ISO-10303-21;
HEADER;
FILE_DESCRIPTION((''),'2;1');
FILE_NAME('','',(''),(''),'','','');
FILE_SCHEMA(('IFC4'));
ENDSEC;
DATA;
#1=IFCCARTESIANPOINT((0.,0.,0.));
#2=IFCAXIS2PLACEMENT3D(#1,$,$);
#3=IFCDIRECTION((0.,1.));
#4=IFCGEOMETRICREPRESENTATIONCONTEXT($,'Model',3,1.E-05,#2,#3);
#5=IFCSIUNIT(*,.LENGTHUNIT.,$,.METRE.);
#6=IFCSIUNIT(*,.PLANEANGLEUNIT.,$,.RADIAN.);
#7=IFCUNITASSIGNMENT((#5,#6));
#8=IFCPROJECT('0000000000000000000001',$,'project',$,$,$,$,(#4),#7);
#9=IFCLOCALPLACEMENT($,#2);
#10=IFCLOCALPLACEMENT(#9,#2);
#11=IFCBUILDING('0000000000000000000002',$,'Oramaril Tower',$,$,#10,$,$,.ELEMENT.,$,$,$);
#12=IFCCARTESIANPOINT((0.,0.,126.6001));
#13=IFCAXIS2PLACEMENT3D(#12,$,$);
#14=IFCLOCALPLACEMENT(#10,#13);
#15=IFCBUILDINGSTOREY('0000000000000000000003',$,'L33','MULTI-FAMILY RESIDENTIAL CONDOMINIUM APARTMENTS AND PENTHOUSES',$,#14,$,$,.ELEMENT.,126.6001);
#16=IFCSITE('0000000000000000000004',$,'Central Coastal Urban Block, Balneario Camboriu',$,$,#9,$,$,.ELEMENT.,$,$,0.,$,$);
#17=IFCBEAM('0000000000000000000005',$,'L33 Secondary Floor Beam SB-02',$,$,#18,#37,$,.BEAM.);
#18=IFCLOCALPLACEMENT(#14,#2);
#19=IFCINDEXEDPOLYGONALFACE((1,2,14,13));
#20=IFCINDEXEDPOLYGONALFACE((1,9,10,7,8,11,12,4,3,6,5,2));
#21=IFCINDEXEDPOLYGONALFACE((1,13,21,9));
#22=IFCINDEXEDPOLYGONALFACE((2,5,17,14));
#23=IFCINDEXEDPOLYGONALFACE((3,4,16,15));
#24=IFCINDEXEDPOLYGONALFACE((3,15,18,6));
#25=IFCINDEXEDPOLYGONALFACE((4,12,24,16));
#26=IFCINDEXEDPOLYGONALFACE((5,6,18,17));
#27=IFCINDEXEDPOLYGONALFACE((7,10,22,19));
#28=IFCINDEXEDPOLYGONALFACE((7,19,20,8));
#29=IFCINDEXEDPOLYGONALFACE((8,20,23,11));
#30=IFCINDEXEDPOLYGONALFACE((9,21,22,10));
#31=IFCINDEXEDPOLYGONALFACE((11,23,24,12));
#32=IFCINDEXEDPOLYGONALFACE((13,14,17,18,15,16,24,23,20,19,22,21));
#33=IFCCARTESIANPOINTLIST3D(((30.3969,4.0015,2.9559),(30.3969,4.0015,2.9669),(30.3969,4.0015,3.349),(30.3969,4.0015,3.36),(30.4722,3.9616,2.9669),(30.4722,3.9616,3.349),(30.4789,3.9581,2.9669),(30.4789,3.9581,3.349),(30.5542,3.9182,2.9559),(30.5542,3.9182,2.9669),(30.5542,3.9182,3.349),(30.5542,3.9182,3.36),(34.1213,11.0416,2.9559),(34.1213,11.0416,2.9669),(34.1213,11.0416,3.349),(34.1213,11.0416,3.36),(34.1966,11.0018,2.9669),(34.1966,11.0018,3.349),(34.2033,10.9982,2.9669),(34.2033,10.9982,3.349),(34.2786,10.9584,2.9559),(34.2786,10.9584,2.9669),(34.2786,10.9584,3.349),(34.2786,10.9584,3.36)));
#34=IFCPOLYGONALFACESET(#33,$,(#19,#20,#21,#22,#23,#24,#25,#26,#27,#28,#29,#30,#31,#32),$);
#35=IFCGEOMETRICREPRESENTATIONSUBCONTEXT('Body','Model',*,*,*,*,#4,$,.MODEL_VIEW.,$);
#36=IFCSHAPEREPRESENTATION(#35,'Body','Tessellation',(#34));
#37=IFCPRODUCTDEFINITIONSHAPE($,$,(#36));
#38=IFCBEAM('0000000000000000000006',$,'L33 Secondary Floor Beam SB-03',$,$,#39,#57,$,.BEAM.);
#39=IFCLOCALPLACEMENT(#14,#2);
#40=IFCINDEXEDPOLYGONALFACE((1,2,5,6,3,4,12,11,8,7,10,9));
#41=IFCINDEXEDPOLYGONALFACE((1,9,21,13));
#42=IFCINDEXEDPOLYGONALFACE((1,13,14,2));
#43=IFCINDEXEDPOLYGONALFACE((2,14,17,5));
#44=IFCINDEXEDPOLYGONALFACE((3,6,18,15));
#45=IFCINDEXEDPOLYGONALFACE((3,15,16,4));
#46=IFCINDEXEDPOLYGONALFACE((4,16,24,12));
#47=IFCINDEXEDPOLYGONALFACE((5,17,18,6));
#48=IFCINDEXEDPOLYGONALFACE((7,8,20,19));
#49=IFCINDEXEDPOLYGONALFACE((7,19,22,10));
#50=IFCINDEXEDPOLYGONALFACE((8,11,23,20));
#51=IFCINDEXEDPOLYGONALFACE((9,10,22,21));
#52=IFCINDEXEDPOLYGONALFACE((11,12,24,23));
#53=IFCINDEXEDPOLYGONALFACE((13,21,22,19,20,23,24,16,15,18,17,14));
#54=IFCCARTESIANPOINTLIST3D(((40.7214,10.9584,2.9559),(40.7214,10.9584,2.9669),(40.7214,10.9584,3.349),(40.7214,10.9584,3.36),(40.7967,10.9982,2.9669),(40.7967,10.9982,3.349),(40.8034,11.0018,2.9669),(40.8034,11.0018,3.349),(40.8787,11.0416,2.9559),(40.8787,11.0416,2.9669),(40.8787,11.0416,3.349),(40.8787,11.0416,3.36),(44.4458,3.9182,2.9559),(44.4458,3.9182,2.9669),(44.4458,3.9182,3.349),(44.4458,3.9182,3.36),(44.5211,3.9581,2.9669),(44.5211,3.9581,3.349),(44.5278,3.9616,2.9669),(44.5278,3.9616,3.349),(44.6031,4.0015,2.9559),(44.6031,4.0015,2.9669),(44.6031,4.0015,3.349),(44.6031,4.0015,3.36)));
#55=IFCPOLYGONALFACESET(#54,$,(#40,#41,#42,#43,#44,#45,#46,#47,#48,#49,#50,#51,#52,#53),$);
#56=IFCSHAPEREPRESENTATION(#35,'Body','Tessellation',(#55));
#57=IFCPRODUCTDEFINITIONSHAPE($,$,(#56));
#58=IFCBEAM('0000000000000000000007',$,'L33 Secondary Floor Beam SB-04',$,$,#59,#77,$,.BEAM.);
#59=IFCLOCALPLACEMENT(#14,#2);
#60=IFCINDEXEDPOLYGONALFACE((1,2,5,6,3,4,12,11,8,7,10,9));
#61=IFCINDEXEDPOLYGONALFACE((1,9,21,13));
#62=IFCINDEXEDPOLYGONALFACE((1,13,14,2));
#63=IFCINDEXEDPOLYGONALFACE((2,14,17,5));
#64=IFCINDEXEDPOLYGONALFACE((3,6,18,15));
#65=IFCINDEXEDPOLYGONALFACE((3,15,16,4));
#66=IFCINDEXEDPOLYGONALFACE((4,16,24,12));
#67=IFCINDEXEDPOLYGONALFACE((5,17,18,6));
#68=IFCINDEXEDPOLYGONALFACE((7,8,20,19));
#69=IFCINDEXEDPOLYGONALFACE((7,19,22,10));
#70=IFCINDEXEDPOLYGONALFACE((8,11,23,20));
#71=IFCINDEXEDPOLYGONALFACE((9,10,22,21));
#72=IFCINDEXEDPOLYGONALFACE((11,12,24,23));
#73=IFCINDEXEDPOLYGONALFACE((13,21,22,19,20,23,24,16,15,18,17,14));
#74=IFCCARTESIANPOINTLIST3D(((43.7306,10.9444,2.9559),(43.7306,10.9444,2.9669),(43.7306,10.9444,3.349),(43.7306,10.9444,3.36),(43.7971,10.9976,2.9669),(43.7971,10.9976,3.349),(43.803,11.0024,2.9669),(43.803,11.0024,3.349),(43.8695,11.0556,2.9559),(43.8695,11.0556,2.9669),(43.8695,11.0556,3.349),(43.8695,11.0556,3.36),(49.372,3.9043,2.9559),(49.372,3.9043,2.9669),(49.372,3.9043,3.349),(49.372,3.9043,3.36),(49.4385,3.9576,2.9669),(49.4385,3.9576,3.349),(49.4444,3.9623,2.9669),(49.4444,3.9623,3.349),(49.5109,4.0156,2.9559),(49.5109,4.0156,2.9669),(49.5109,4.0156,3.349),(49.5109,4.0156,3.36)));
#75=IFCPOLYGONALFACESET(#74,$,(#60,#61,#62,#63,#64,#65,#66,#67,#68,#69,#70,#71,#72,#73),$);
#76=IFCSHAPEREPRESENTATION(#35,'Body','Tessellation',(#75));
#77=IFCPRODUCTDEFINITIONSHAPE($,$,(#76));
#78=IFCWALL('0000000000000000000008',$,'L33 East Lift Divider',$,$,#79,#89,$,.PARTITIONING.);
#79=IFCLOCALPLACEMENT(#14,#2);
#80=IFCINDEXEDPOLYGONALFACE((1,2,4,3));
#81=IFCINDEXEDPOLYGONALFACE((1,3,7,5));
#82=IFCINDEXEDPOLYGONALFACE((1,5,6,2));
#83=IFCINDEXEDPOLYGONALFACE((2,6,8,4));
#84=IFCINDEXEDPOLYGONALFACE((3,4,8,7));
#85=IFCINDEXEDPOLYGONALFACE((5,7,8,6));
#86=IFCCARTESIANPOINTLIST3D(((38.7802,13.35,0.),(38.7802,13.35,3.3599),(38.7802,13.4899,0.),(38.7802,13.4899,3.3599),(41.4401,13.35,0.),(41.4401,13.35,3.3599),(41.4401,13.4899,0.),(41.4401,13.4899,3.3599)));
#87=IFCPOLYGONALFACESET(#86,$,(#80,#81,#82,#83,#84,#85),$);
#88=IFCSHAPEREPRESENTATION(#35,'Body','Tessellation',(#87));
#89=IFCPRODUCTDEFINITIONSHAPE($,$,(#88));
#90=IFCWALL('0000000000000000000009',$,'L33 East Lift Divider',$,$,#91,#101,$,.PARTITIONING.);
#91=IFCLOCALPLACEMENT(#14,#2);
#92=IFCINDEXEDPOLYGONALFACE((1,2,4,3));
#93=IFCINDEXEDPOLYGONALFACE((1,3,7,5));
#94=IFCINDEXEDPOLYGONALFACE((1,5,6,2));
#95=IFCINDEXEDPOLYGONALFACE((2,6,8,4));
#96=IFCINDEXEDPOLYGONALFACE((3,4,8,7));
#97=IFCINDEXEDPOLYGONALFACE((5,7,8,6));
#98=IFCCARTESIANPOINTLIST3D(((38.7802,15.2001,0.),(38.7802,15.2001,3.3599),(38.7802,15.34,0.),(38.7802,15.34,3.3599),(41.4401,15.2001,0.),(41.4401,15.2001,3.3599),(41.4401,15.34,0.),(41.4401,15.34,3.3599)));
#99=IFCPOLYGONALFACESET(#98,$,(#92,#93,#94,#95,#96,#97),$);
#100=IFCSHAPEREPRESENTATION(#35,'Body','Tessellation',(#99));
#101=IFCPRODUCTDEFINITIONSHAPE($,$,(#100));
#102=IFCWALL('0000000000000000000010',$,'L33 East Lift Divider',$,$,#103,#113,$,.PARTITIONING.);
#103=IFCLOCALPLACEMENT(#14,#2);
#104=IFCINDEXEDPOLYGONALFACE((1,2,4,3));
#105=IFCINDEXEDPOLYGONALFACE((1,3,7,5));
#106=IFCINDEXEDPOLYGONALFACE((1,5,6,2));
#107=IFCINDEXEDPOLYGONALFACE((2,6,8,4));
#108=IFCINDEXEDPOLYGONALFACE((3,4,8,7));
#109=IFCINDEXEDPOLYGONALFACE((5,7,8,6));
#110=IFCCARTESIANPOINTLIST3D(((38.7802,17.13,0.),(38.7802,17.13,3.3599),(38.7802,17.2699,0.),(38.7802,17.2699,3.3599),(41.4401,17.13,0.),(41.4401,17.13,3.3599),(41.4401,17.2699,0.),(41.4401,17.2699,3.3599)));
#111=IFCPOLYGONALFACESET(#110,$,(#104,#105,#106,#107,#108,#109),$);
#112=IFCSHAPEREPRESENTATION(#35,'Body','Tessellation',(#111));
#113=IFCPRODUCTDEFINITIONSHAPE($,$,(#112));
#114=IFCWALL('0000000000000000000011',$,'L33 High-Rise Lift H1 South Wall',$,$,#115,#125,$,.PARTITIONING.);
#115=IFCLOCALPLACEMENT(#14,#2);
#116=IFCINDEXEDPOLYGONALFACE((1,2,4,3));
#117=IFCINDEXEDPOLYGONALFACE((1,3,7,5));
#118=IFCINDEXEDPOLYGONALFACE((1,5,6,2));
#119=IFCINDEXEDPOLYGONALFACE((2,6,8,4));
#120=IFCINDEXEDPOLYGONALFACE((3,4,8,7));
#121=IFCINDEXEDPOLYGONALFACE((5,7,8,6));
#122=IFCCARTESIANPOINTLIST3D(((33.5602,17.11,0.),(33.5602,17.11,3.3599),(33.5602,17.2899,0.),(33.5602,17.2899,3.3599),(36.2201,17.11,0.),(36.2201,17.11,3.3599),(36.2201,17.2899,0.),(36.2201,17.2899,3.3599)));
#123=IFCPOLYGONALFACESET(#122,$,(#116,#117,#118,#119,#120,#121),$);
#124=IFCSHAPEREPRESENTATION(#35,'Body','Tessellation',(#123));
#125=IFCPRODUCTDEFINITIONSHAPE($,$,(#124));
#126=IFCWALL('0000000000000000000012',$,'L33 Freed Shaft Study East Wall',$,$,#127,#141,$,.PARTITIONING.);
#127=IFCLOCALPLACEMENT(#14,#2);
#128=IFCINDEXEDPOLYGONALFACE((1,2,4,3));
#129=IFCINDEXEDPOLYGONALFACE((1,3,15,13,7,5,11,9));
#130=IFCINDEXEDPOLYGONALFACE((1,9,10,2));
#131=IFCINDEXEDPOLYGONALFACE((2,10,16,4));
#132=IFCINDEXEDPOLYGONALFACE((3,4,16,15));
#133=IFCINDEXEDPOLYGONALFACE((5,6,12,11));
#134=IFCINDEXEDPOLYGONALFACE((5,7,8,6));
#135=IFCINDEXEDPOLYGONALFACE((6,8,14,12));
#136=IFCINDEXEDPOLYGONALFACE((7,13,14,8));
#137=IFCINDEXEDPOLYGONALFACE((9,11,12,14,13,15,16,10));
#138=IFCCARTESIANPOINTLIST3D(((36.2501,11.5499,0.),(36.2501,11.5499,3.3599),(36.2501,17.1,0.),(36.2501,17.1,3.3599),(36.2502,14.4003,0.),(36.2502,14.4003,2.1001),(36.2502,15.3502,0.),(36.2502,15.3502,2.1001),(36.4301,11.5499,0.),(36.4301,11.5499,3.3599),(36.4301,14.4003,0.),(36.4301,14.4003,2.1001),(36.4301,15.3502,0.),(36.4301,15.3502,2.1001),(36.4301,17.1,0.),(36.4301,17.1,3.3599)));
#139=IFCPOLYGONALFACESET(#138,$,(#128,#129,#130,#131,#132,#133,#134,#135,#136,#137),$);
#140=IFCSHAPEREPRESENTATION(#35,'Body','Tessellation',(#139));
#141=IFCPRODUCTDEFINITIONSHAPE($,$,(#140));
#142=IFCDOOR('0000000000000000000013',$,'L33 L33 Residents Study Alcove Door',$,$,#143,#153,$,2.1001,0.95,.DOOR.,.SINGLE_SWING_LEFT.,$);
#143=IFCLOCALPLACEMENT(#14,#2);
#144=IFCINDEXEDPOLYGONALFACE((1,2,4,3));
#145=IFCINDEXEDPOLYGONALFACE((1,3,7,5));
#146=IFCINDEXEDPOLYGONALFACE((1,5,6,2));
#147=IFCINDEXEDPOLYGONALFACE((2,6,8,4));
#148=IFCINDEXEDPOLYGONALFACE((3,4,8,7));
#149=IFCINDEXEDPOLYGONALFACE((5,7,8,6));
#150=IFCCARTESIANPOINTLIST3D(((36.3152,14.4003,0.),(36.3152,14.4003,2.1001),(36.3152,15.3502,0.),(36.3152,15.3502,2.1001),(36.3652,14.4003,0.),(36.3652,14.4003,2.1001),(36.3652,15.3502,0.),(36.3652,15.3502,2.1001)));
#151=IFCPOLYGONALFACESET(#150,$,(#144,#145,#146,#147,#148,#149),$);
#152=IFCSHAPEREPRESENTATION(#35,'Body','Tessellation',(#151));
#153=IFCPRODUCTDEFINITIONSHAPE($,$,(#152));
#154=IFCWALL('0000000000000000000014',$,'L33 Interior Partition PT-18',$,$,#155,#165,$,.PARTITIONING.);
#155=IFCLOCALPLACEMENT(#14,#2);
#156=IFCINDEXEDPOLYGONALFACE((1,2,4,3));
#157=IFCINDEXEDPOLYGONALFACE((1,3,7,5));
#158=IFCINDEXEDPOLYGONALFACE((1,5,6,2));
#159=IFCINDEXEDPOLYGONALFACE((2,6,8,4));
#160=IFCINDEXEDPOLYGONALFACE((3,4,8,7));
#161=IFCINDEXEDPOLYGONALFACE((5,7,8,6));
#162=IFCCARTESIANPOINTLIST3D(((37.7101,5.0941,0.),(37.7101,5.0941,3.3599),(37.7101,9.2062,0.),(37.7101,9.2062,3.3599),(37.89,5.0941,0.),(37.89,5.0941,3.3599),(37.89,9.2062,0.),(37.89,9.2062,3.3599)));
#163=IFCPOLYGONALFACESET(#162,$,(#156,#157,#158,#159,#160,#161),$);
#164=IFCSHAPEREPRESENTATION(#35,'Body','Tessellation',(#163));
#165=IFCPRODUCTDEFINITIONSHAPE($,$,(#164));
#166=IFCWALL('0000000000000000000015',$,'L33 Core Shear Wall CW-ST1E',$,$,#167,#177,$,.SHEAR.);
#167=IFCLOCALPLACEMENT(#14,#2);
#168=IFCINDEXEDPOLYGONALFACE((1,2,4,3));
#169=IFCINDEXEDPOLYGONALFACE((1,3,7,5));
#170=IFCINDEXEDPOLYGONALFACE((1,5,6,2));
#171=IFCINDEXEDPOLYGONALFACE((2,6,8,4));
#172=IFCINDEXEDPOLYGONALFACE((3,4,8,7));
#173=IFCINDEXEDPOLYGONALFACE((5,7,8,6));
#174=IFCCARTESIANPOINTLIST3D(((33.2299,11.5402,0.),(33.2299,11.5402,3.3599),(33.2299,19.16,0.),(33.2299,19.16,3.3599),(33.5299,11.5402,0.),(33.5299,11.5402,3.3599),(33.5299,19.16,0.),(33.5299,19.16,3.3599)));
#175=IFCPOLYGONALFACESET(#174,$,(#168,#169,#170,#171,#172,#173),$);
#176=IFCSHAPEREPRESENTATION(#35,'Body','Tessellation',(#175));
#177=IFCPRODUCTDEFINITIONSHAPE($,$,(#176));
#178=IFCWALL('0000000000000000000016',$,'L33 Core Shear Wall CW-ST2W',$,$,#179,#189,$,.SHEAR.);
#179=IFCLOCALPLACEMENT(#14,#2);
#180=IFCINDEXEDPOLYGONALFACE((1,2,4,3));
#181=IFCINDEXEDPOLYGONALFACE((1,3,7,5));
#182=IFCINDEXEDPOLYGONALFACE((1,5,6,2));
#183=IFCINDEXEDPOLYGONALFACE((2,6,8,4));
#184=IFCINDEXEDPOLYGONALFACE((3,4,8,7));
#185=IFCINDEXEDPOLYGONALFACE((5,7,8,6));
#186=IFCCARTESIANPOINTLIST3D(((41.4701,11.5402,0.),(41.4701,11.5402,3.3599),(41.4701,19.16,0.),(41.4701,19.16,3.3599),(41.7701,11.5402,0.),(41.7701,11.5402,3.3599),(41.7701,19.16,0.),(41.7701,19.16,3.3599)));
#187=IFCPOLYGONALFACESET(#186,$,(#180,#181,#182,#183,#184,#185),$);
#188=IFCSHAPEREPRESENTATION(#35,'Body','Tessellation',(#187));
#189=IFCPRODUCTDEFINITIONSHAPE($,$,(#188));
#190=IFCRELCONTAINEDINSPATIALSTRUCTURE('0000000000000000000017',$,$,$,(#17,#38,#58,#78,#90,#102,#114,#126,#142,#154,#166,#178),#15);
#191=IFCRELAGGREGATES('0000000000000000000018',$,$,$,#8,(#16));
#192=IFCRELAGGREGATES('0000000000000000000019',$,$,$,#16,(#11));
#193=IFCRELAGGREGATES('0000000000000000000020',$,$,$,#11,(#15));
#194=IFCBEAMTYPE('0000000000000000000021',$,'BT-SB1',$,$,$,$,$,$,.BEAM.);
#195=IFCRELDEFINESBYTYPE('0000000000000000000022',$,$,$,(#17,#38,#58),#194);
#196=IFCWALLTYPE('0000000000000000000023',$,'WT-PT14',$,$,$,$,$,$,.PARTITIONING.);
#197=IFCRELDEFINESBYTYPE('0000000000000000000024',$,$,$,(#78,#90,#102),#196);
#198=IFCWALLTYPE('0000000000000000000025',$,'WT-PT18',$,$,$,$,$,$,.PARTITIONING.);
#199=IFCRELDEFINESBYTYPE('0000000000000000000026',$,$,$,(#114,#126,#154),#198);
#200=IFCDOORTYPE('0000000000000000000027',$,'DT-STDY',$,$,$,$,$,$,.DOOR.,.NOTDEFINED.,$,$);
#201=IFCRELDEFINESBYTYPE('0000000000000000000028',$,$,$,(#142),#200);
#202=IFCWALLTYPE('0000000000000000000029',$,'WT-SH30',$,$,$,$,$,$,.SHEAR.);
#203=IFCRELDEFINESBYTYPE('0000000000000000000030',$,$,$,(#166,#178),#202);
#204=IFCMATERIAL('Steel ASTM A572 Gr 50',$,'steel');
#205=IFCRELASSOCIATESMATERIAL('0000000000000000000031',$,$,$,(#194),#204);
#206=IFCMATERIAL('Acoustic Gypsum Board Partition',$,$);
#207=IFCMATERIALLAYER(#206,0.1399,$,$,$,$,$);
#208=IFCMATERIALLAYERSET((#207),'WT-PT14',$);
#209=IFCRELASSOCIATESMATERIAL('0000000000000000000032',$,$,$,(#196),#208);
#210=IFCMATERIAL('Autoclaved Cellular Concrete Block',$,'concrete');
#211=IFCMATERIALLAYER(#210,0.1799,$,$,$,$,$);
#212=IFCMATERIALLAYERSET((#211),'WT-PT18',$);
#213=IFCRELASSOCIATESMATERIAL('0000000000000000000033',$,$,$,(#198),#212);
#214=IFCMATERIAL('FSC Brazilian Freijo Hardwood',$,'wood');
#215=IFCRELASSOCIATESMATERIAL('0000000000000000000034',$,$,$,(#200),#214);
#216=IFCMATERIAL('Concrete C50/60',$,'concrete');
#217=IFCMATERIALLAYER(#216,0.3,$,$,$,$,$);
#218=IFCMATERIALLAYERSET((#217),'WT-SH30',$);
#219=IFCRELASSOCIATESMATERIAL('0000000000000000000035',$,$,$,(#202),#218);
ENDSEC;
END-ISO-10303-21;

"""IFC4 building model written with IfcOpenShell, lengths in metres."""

from ifc_helpers import new_model, si_unit, direction, frame, frame_2d, origin, origin_2d, place, context, subcontext, project, spatial, rectangle, i_section, extrude, material, layer, layer_set, material_profile, profile_set, type_object, element, fill, save


model = new_model("IFC4")

# Units and contexts
model_context = context("Model", 3, precision=1e-05, world=origin(), true_north=direction((0.0, 1.0)))
body_context = subcontext(model_context, "Body", "Model", "MODEL_VIEW")
ifc_project = project(units=[si_unit("LENGTHUNIT", "METRE"), si_unit("PLANEANGLEUNIT", "RADIAN")], contexts=[model_context])

# Site, building, storey
site_placement = place(None, origin())
site = spatial("IfcSite", under=ifc_project, at=site_placement, Name="Central Coastal Urban Block, Balneario Camboriu", CompositionType="ELEMENT", RefElevation=0.0)
building_placement = place(site_placement, origin())
building = spatial("IfcBuilding", under=site, at=building_placement, Name="Oramaril Tower", CompositionType="ELEMENT")
storey_placement = place(building_placement, frame((0.0, 0.0, 126.6001)))
storey = spatial("IfcBuildingStorey", under=building, at=storey_placement, Name="L33", Description="MULTI-FAMILY RESIDENTIAL CONDOMINIUM APARTMENTS AND PENTHOUSES", CompositionType="ELEMENT", Elevation=126.6001)

# Beams
ifc_material_1 = material(Name="Steel ASTM A572 Gr 50", Category="steel")
ifc_material_profile = material_profile(ifc_material_1, i_section(OverallWidth=0.178, OverallDepth=0.4041, WebThickness=0.0076, FlangeThickness=0.011, at=origin_2d()), Name="W16X36")
ifc_profile_set = profile_set([ifc_material_profile], Name="Steel ASTM A572 Gr 50")
beam_type = type_object("IfcBeamType", Name="BT-SB1", PredefinedType="BEAM", material=ifc_profile_set)
for number, where, z_axis, x_axis, name in (
    (1, (34.2, 11.0, 3.158), (-0.467622, -0.883929, 0.0), (0.883929, -0.467622, 0.0), "L33 Secondary Floor Beam SB-02"),
    (2, (40.8, 11.0, 3.158), (0.467622, -0.883929, 0.0), (0.883929, 0.467622, 0.0), "L33 Secondary Floor Beam SB-03"),
):
    element("IfcBeam", number, at=place(storey_placement, frame(where, z_axis=z_axis, x_axis=x_axis)), inside=storey, type_object=beam_type, Name=name, PredefinedType="BEAM", context=body_context, shape_type="SweptSolid", body=[
        extrude(i_section(OverallWidth=0.178, OverallDepth=0.4041, WebThickness=0.0076, FlangeThickness=0.011, at=origin_2d()), origin(), (0.0, 0.0, 1.0), 7.9646),
    ])
beam_placement = place(storey_placement, frame((43.8, 11.0, 3.158), z_axis=(0.625325, -0.780364, 0.0), x_axis=(0.780364, 0.625325, 0.0)))
element("IfcBeam", 3, at=beam_placement, inside=storey, type_object=beam_type, Name="L33 Secondary Floor Beam SB-04", PredefinedType="BEAM", context=body_context, shape_type="SweptSolid", body=[
    extrude(i_section(OverallWidth=0.178, OverallDepth=0.4041, WebThickness=0.0076, FlangeThickness=0.011, at=origin_2d()), origin(), (0.0, 0.0, 1.0), 9.0215),
])

# Walls
ifc_material_2 = material(Name="Acoustic Gypsum Board Partition")
ifc_layer_1 = layer(ifc_material_2, 0.1399)
ifc_layer_set_1 = layer_set([ifc_layer_1], Name="WT-PT14")
wall_type_1 = type_object("IfcWallType", Name="WT-PT14", PredefinedType="PARTITIONING", material=ifc_layer_set_1)
for number, where, z_axis, x_axis, name in (
    (4, (38.78, 13.4199, 0.0), (0.0, 0.0, 1.0), (1.0, 0.0, 0.0), "L33 East Lift Divider"),
    (5, (38.78, 15.27, 0.0), (0.0, 0.0, 1.0), (1.0, 0.0, 0.0), "L33 East Lift Divider"),
    (6, (38.78, 17.2, 0.0), (0.0, 0.0, 1.0), (1.0, 0.0, 0.0), "L33 East Lift Divider"),
):
    element("IfcWall", number, at=place(storey_placement, frame(where, z_axis=z_axis, x_axis=x_axis)), inside=storey, type_object=wall_type_1, Name=name, PredefinedType="PARTITIONING", context=body_context, shape_type="SweptSolid", body=[
        extrude(rectangle(XDim=2.6599, YDim=0.1399, at=frame_2d((1.3301, 0.0))), origin(), (0.0, 0.0, 1.0), 3.3599),
    ])
ifc_material_3 = material(Name="Autoclaved Cellular Concrete Block", Category="concrete")
ifc_layer_2 = layer(ifc_material_3, 0.1799)
ifc_layer_set_2 = layer_set([ifc_layer_2], Name="WT-PT18")
wall_type_2 = type_object("IfcWallType", Name="WT-PT18", PredefinedType="PARTITIONING", material=ifc_layer_set_2)
wall_1_placement = place(storey_placement, frame((33.5601, 17.2, 0.0), z_axis=(0.0, 0.0, 1.0), x_axis=(1.0, 0.0, 0.0)))
element("IfcWall", 7, at=wall_1_placement, inside=storey, type_object=wall_type_2, Name="L33 High-Rise Lift H1 South Wall", PredefinedType="PARTITIONING", context=body_context, shape_type="SweptSolid", body=[
    extrude(rectangle(XDim=2.6599, YDim=0.1799, at=frame_2d((1.3301, 0.0))), origin(), (0.0, 0.0, 1.0), 3.3599),
])

# Wall, opening, door
wall_2_placement = place(storey_placement, frame((36.3401, 11.55, 0.0), z_axis=(0.0, 0.0, 1.0), x_axis=(0.0, 1.0, 0.0)))
wall_2 = element("IfcWall", 8, at=wall_2_placement, inside=storey, type_object=wall_type_2, Name="L33 Freed Shaft Study East Wall", PredefinedType="PARTITIONING", context=body_context, shape_type="SweptSolid", body=[
    extrude(rectangle(XDim=5.55, YDim=0.1799, at=frame_2d((2.7749, 0.0))), origin(), (0.0, 0.0, 1.0), 3.3599),
])
opening_1_placement = place(wall_2_placement, frame((2.8501, 0.0, 0.0)))
opening_1 = element("IfcOpeningElement", 9, at=opening_1_placement, cuts=wall_2, PredefinedType="OPENING", context=body_context, shape_type="SweptSolid", body=[
    extrude(rectangle(XDim=0.95, YDim=2.1001, at=frame_2d((0.4751, 1.05))), frame((0.0, 0.0898, 0.0), z_axis=(0.0, -1.0, 0.0), x_axis=(1.0, 0.0, 0.0)), (0.0, 0.0, 1.0), 0.1799),
])
ifc_material_4 = material(Name="FSC Brazilian Freijo Hardwood", Category="wood")
door_type_1 = type_object("IfcDoorType", Name="DT-STDY", OperationType="NOTDEFINED", PredefinedType="DOOR", material=ifc_material_4)
door_1_placement = place(opening_1_placement, origin())
door_1 = element("IfcDoor", 10, at=door_1_placement, inside=storey, type_object=door_type_1, Name="L33 L33 Residents Study Alcove Door", OperationType="SINGLE_SWING_LEFT", OverallHeight=2.1001, OverallWidth=0.95, PredefinedType="DOOR", context=body_context, shape_type="SweptSolid", body=[
    extrude(rectangle(XDim=0.95, YDim=2.1001, at=frame_2d((0.4751, 1.05))), frame((0.0, 0.0249, 0.0), z_axis=(0.0, -1.0, 0.0), x_axis=(1.0, 0.0, 0.0)), (0.0, 0.0, 1.0), 0.05),
])
fill(opening_1, door_1)

# Walls
wall_3_placement = place(storey_placement, frame((37.8, 5.094, 0.0), z_axis=(0.0, 0.0, 1.0), x_axis=(0.0, 1.0, 0.0)))
element("IfcWall", 11, at=wall_3_placement, inside=storey, type_object=wall_type_2, Name="L33 Interior Partition PT-18", PredefinedType="PARTITIONING", context=body_context, shape_type="SweptSolid", body=[
    extrude(rectangle(XDim=4.1121, YDim=0.1799, at=frame_2d((2.0562, 0.0))), origin(), (0.0, 0.0, 1.0), 3.3599),
])
ifc_material_5 = material(Name="Concrete C50/60", Category="concrete")
ifc_layer_3 = layer(ifc_material_5, 0.3)
ifc_layer_set_3 = layer_set([ifc_layer_3], Name="WT-SH30")
wall_type_3 = type_object("IfcWallType", Name="WT-SH30", PredefinedType="SHEAR", material=ifc_layer_set_3)
for number, where, z_axis, x_axis, name in (
    (12, (33.3799, 11.54, 0.0), (0.0, 0.0, 1.0), (0.0, 1.0, 0.0), "L33 Core Shear Wall CW-ST1E"),
    (13, (41.6201, 11.54, 0.0), (0.0, 0.0, 1.0), (0.0, 1.0, 0.0), "L33 Core Shear Wall CW-ST2W"),
):
    element("IfcWall", number, at=place(storey_placement, frame(where, z_axis=z_axis, x_axis=x_axis)), inside=storey, type_object=wall_type_3, Name=name, PredefinedType="SHEAR", context=body_context, shape_type="SweptSolid", body=[
        extrude(rectangle(XDim=7.6199, YDim=0.3, at=frame_2d((3.8101, 0.0))), origin(), (0.0, 0.0, 1.0), 3.3599),
    ])

save(model, "model.ifc")
